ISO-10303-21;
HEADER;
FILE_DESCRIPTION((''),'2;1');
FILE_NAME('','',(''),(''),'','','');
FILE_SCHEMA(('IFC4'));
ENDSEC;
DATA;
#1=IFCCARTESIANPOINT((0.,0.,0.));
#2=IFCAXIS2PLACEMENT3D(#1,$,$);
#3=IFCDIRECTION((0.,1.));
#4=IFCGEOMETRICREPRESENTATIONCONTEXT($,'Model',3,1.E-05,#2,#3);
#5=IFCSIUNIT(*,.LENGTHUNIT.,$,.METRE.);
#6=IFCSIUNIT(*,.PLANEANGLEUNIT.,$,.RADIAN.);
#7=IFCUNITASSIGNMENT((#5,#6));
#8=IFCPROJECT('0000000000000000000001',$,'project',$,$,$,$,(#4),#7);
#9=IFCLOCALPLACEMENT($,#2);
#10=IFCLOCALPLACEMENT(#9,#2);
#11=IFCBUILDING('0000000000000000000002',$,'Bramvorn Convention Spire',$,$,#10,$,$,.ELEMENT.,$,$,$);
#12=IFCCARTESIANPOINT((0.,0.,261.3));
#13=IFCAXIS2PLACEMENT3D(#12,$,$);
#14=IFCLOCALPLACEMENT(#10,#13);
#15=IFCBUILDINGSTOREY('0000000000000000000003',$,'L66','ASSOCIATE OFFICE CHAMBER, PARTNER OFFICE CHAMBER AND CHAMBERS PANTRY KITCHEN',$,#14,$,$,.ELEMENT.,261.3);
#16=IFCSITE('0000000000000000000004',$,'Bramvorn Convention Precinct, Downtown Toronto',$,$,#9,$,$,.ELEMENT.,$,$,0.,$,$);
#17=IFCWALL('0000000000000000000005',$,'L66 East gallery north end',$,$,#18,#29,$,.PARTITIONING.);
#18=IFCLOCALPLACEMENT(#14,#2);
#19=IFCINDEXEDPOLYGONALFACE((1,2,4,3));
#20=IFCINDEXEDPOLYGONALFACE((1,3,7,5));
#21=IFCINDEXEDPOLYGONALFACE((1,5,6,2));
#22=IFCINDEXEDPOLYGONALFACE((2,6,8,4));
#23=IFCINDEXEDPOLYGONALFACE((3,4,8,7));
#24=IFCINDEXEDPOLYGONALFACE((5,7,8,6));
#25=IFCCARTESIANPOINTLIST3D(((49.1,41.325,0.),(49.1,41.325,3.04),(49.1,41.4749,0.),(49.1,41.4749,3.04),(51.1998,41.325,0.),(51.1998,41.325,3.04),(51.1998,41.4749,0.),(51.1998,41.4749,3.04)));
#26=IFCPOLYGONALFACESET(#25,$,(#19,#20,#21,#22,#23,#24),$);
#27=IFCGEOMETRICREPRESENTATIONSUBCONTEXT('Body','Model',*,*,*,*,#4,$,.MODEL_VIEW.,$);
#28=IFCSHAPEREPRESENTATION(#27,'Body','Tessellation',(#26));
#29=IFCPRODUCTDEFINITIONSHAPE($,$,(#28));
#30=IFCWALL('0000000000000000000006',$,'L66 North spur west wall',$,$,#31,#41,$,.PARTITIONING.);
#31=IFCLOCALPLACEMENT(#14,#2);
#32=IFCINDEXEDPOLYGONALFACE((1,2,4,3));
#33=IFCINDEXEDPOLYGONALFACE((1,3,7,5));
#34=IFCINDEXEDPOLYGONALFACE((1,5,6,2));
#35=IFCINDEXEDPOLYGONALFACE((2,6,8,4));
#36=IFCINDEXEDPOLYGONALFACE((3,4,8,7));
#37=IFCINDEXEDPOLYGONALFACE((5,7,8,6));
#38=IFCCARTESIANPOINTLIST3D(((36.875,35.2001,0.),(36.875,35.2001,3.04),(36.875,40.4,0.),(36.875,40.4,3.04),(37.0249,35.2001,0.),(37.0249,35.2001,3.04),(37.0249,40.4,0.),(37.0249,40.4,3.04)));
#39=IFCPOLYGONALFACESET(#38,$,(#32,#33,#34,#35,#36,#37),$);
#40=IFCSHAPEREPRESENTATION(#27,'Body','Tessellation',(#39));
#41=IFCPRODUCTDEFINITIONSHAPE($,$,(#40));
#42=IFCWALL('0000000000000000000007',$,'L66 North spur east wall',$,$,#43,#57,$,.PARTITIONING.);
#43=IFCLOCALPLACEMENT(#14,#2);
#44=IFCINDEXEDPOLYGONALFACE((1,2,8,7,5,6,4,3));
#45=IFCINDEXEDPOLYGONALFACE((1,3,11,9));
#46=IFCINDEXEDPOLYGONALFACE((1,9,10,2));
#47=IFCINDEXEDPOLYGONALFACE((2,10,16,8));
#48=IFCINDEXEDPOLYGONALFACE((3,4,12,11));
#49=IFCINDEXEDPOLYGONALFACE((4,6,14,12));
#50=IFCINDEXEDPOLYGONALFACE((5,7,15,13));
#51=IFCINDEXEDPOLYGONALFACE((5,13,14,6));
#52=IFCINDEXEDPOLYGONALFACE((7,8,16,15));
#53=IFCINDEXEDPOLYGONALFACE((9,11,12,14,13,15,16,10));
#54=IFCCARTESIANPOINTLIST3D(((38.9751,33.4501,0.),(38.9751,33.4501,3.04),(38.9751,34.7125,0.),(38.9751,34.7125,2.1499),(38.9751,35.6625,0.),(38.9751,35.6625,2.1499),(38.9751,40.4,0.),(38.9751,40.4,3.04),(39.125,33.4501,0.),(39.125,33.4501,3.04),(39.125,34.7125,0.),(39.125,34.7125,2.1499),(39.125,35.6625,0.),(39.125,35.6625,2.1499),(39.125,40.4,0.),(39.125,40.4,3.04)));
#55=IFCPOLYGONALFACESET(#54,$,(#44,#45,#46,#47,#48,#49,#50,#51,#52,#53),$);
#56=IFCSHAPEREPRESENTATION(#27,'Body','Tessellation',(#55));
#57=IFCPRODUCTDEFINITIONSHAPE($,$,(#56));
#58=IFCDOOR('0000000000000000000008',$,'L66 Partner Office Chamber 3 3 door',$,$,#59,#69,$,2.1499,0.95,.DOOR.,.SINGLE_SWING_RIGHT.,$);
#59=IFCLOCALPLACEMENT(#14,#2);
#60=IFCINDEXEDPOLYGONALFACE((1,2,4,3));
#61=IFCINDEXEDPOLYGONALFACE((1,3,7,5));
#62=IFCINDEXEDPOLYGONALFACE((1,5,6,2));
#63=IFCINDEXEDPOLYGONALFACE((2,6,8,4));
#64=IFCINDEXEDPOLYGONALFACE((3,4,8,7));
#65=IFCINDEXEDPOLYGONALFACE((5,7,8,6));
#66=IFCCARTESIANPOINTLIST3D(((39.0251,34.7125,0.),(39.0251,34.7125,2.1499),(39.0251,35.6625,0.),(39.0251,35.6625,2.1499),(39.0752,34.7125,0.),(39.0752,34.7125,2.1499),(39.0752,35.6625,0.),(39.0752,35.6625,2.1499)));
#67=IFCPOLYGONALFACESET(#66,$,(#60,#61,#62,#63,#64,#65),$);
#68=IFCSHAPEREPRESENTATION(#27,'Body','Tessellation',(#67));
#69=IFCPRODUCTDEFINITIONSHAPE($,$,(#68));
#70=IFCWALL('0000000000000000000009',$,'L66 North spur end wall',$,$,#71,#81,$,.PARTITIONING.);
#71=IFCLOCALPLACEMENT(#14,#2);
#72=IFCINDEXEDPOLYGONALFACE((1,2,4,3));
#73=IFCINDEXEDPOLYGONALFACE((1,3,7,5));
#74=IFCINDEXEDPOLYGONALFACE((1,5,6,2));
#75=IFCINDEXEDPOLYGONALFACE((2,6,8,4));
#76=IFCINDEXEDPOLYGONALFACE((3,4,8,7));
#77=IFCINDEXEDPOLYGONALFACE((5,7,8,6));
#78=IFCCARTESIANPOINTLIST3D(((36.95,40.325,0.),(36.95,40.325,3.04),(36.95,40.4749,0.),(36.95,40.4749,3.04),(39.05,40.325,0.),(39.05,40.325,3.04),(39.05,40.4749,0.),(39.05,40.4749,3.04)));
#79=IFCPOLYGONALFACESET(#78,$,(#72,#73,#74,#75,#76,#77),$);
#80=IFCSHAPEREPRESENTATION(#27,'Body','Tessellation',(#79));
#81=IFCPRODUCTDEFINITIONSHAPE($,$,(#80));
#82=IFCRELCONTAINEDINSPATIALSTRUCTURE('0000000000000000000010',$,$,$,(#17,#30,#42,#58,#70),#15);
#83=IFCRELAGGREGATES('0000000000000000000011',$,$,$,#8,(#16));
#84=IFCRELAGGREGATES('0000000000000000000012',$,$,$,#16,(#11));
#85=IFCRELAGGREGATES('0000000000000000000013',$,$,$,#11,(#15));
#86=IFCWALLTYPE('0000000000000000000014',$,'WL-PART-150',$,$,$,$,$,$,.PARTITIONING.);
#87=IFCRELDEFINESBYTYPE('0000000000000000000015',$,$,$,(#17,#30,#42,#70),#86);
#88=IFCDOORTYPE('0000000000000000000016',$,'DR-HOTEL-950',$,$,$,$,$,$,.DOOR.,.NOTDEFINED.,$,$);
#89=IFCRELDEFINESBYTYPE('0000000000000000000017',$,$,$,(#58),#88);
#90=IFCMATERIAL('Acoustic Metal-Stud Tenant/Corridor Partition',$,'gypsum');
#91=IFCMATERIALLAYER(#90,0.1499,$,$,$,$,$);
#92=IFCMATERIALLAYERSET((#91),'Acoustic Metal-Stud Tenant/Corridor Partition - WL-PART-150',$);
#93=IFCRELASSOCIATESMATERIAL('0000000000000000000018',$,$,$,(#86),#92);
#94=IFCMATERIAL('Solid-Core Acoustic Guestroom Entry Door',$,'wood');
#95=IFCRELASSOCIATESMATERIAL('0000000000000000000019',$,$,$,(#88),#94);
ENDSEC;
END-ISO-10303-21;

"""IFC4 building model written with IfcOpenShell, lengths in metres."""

from ifc_helpers import new_model, si_unit, direction, frame, frame_2d, origin, place, context, subcontext, project, spatial, rectangle, extrude, material, layer, layer_set, type_object, element, fill, save


model = new_model("IFC4")

# Units and contexts
model_context = context("Model", 3, precision=1e-05, world=origin(), true_north=direction((0.0, 1.0)))
body_context = subcontext(model_context, "Body", "Model", "MODEL_VIEW")
ifc_project = project(units=[si_unit("LENGTHUNIT", "METRE"), si_unit("PLANEANGLEUNIT", "RADIAN")], contexts=[model_context])

# Site, building, storey
site_placement = place(None, origin())
site = spatial("IfcSite", under=ifc_project, at=site_placement, Name="Bramvorn Convention Precinct, Downtown Toronto", CompositionType="ELEMENT", RefElevation=0.0)
building_placement = place(site_placement, origin())
building = spatial("IfcBuilding", under=site, at=building_placement, Name="Bramvorn Convention Spire", CompositionType="ELEMENT")
storey_placement = place(building_placement, frame((0.0, 0.0, 261.3)))
storey = spatial("IfcBuildingStorey", under=building, at=storey_placement, Name="L66", Description="ASSOCIATE OFFICE CHAMBER, PARTNER OFFICE CHAMBER AND CHAMBERS PANTRY KITCHEN", CompositionType="ELEMENT", Elevation=261.3)

# Shared definitions
ifc_material_1 = material(Name="Acoustic Metal-Stud Tenant/Corridor Partition", Category="gypsum")
ifc_layer_1 = layer(ifc_material_1, 0.1499)
ifc_layer_set_1 = layer_set([ifc_layer_1], Name="Acoustic Metal-Stud Tenant/Corridor Partition - WL-PART-150")
wall_type_1 = type_object("IfcWallType", Name="WL-PART-150", PredefinedType="PARTITIONING", material=ifc_layer_set_1)
ifc_material_2 = material(Name="Solid-Core Acoustic Guestroom Entry Door", Category="wood")
door_type = type_object("IfcDoorType", Name="DR-HOTEL-950", OperationType="NOTDEFINED", PredefinedType="DOOR", material=ifc_material_2)

# Walls
wall_1_placement = place(storey_placement, frame((49.1001, 41.3999, 0.0), z_axis=(0.0, 0.0, 1.0), x_axis=(1.0, 0.0, 0.0)))
element("IfcWall", 1, at=wall_1_placement, inside=storey, type_object=wall_type_1, Name="L66 East gallery north end", PredefinedType="PARTITIONING", context=body_context, shape_type="SweptSolid", body=[
    extrude(rectangle(XDim=2.0999, YDim=0.1499, at=frame_2d((1.0498, 0.0))), origin(), (0.0, 0.0, 1.0), 3.04),
])
wall_2_placement = place(storey_placement, frame((36.95, 35.2, 0.0), z_axis=(0.0, 0.0, 1.0), x_axis=(0.0, 1.0, 0.0)))
element("IfcWall", 2, at=wall_2_placement, inside=storey, type_object=wall_type_1, Name="L66 North spur west wall", PredefinedType="PARTITIONING", context=body_context, shape_type="SweptSolid", body=[
    extrude(rectangle(XDim=5.2, YDim=0.1499, at=frame_2d((2.6001, 0.0))), origin(), (0.0, 0.0, 1.0), 3.04),
])

# Wall, opening, door
wall_3_placement = place(storey_placement, frame((39.05, 33.45, 0.0), z_axis=(0.0, 0.0, 1.0), x_axis=(0.0, 1.0, 0.0)))
wall_3 = element("IfcWall", 3, at=wall_3_placement, inside=storey, type_object=wall_type_1, Name="L66 North spur east wall", PredefinedType="PARTITIONING", context=body_context, shape_type="SweptSolid", body=[
    extrude(rectangle(XDim=6.95, YDim=0.1499, at=frame_2d((3.4751, 0.0))), origin(), (0.0, 0.0, 1.0), 3.04),
])
opening_1_placement = place(wall_3_placement, frame((1.2625, 0.0, 0.0)))
opening_1 = element("IfcOpeningElement", 4, at=opening_1_placement, cuts=wall_3, PredefinedType="OPENING", context=body_context, shape_type="SweptSolid", body=[
    extrude(rectangle(XDim=0.95, YDim=2.1499, at=frame_2d((0.4751, 1.075))), frame((0.0, 0.085, 0.0), z_axis=(0.0, -1.0, 0.0), x_axis=(1.0, 0.0, 0.0)), (0.0, 0.0, 1.0), 0.1699),
])
door_1_placement = place(opening_1_placement, origin())
door_1 = element("IfcDoor", 5, at=door_1_placement, inside=storey, type_object=door_type, Name="L66 Partner Office Chamber 3 3 door", OperationType="SINGLE_SWING_RIGHT", OverallHeight=2.1499, OverallWidth=0.95, PredefinedType="DOOR", context=body_context, shape_type="SweptSolid", body=[
    extrude(rectangle(XDim=0.95, YDim=2.1499, at=frame_2d((0.4751, 1.075))), frame((0.0, 0.0249, 0.0), z_axis=(0.0, -1.0, 0.0), x_axis=(1.0, 0.0, 0.0)), (0.0, 0.0, 1.0), 0.05),
])
fill(opening_1, door_1)

# Wall
wall_4_placement = place(storey_placement, frame((36.95, 40.3999, 0.0), z_axis=(0.0, 0.0, 1.0), x_axis=(1.0, 0.0, 0.0)))
element("IfcWall", 6, at=wall_4_placement, inside=storey, type_object=wall_type_1, Name="L66 North spur end wall", PredefinedType="PARTITIONING", context=body_context, shape_type="SweptSolid", body=[
    extrude(rectangle(XDim=2.1001, YDim=0.1499, at=frame_2d((1.05, 0.0))), origin(), (0.0, 0.0, 1.0), 3.04),
])

save(model, "model.ifc")
